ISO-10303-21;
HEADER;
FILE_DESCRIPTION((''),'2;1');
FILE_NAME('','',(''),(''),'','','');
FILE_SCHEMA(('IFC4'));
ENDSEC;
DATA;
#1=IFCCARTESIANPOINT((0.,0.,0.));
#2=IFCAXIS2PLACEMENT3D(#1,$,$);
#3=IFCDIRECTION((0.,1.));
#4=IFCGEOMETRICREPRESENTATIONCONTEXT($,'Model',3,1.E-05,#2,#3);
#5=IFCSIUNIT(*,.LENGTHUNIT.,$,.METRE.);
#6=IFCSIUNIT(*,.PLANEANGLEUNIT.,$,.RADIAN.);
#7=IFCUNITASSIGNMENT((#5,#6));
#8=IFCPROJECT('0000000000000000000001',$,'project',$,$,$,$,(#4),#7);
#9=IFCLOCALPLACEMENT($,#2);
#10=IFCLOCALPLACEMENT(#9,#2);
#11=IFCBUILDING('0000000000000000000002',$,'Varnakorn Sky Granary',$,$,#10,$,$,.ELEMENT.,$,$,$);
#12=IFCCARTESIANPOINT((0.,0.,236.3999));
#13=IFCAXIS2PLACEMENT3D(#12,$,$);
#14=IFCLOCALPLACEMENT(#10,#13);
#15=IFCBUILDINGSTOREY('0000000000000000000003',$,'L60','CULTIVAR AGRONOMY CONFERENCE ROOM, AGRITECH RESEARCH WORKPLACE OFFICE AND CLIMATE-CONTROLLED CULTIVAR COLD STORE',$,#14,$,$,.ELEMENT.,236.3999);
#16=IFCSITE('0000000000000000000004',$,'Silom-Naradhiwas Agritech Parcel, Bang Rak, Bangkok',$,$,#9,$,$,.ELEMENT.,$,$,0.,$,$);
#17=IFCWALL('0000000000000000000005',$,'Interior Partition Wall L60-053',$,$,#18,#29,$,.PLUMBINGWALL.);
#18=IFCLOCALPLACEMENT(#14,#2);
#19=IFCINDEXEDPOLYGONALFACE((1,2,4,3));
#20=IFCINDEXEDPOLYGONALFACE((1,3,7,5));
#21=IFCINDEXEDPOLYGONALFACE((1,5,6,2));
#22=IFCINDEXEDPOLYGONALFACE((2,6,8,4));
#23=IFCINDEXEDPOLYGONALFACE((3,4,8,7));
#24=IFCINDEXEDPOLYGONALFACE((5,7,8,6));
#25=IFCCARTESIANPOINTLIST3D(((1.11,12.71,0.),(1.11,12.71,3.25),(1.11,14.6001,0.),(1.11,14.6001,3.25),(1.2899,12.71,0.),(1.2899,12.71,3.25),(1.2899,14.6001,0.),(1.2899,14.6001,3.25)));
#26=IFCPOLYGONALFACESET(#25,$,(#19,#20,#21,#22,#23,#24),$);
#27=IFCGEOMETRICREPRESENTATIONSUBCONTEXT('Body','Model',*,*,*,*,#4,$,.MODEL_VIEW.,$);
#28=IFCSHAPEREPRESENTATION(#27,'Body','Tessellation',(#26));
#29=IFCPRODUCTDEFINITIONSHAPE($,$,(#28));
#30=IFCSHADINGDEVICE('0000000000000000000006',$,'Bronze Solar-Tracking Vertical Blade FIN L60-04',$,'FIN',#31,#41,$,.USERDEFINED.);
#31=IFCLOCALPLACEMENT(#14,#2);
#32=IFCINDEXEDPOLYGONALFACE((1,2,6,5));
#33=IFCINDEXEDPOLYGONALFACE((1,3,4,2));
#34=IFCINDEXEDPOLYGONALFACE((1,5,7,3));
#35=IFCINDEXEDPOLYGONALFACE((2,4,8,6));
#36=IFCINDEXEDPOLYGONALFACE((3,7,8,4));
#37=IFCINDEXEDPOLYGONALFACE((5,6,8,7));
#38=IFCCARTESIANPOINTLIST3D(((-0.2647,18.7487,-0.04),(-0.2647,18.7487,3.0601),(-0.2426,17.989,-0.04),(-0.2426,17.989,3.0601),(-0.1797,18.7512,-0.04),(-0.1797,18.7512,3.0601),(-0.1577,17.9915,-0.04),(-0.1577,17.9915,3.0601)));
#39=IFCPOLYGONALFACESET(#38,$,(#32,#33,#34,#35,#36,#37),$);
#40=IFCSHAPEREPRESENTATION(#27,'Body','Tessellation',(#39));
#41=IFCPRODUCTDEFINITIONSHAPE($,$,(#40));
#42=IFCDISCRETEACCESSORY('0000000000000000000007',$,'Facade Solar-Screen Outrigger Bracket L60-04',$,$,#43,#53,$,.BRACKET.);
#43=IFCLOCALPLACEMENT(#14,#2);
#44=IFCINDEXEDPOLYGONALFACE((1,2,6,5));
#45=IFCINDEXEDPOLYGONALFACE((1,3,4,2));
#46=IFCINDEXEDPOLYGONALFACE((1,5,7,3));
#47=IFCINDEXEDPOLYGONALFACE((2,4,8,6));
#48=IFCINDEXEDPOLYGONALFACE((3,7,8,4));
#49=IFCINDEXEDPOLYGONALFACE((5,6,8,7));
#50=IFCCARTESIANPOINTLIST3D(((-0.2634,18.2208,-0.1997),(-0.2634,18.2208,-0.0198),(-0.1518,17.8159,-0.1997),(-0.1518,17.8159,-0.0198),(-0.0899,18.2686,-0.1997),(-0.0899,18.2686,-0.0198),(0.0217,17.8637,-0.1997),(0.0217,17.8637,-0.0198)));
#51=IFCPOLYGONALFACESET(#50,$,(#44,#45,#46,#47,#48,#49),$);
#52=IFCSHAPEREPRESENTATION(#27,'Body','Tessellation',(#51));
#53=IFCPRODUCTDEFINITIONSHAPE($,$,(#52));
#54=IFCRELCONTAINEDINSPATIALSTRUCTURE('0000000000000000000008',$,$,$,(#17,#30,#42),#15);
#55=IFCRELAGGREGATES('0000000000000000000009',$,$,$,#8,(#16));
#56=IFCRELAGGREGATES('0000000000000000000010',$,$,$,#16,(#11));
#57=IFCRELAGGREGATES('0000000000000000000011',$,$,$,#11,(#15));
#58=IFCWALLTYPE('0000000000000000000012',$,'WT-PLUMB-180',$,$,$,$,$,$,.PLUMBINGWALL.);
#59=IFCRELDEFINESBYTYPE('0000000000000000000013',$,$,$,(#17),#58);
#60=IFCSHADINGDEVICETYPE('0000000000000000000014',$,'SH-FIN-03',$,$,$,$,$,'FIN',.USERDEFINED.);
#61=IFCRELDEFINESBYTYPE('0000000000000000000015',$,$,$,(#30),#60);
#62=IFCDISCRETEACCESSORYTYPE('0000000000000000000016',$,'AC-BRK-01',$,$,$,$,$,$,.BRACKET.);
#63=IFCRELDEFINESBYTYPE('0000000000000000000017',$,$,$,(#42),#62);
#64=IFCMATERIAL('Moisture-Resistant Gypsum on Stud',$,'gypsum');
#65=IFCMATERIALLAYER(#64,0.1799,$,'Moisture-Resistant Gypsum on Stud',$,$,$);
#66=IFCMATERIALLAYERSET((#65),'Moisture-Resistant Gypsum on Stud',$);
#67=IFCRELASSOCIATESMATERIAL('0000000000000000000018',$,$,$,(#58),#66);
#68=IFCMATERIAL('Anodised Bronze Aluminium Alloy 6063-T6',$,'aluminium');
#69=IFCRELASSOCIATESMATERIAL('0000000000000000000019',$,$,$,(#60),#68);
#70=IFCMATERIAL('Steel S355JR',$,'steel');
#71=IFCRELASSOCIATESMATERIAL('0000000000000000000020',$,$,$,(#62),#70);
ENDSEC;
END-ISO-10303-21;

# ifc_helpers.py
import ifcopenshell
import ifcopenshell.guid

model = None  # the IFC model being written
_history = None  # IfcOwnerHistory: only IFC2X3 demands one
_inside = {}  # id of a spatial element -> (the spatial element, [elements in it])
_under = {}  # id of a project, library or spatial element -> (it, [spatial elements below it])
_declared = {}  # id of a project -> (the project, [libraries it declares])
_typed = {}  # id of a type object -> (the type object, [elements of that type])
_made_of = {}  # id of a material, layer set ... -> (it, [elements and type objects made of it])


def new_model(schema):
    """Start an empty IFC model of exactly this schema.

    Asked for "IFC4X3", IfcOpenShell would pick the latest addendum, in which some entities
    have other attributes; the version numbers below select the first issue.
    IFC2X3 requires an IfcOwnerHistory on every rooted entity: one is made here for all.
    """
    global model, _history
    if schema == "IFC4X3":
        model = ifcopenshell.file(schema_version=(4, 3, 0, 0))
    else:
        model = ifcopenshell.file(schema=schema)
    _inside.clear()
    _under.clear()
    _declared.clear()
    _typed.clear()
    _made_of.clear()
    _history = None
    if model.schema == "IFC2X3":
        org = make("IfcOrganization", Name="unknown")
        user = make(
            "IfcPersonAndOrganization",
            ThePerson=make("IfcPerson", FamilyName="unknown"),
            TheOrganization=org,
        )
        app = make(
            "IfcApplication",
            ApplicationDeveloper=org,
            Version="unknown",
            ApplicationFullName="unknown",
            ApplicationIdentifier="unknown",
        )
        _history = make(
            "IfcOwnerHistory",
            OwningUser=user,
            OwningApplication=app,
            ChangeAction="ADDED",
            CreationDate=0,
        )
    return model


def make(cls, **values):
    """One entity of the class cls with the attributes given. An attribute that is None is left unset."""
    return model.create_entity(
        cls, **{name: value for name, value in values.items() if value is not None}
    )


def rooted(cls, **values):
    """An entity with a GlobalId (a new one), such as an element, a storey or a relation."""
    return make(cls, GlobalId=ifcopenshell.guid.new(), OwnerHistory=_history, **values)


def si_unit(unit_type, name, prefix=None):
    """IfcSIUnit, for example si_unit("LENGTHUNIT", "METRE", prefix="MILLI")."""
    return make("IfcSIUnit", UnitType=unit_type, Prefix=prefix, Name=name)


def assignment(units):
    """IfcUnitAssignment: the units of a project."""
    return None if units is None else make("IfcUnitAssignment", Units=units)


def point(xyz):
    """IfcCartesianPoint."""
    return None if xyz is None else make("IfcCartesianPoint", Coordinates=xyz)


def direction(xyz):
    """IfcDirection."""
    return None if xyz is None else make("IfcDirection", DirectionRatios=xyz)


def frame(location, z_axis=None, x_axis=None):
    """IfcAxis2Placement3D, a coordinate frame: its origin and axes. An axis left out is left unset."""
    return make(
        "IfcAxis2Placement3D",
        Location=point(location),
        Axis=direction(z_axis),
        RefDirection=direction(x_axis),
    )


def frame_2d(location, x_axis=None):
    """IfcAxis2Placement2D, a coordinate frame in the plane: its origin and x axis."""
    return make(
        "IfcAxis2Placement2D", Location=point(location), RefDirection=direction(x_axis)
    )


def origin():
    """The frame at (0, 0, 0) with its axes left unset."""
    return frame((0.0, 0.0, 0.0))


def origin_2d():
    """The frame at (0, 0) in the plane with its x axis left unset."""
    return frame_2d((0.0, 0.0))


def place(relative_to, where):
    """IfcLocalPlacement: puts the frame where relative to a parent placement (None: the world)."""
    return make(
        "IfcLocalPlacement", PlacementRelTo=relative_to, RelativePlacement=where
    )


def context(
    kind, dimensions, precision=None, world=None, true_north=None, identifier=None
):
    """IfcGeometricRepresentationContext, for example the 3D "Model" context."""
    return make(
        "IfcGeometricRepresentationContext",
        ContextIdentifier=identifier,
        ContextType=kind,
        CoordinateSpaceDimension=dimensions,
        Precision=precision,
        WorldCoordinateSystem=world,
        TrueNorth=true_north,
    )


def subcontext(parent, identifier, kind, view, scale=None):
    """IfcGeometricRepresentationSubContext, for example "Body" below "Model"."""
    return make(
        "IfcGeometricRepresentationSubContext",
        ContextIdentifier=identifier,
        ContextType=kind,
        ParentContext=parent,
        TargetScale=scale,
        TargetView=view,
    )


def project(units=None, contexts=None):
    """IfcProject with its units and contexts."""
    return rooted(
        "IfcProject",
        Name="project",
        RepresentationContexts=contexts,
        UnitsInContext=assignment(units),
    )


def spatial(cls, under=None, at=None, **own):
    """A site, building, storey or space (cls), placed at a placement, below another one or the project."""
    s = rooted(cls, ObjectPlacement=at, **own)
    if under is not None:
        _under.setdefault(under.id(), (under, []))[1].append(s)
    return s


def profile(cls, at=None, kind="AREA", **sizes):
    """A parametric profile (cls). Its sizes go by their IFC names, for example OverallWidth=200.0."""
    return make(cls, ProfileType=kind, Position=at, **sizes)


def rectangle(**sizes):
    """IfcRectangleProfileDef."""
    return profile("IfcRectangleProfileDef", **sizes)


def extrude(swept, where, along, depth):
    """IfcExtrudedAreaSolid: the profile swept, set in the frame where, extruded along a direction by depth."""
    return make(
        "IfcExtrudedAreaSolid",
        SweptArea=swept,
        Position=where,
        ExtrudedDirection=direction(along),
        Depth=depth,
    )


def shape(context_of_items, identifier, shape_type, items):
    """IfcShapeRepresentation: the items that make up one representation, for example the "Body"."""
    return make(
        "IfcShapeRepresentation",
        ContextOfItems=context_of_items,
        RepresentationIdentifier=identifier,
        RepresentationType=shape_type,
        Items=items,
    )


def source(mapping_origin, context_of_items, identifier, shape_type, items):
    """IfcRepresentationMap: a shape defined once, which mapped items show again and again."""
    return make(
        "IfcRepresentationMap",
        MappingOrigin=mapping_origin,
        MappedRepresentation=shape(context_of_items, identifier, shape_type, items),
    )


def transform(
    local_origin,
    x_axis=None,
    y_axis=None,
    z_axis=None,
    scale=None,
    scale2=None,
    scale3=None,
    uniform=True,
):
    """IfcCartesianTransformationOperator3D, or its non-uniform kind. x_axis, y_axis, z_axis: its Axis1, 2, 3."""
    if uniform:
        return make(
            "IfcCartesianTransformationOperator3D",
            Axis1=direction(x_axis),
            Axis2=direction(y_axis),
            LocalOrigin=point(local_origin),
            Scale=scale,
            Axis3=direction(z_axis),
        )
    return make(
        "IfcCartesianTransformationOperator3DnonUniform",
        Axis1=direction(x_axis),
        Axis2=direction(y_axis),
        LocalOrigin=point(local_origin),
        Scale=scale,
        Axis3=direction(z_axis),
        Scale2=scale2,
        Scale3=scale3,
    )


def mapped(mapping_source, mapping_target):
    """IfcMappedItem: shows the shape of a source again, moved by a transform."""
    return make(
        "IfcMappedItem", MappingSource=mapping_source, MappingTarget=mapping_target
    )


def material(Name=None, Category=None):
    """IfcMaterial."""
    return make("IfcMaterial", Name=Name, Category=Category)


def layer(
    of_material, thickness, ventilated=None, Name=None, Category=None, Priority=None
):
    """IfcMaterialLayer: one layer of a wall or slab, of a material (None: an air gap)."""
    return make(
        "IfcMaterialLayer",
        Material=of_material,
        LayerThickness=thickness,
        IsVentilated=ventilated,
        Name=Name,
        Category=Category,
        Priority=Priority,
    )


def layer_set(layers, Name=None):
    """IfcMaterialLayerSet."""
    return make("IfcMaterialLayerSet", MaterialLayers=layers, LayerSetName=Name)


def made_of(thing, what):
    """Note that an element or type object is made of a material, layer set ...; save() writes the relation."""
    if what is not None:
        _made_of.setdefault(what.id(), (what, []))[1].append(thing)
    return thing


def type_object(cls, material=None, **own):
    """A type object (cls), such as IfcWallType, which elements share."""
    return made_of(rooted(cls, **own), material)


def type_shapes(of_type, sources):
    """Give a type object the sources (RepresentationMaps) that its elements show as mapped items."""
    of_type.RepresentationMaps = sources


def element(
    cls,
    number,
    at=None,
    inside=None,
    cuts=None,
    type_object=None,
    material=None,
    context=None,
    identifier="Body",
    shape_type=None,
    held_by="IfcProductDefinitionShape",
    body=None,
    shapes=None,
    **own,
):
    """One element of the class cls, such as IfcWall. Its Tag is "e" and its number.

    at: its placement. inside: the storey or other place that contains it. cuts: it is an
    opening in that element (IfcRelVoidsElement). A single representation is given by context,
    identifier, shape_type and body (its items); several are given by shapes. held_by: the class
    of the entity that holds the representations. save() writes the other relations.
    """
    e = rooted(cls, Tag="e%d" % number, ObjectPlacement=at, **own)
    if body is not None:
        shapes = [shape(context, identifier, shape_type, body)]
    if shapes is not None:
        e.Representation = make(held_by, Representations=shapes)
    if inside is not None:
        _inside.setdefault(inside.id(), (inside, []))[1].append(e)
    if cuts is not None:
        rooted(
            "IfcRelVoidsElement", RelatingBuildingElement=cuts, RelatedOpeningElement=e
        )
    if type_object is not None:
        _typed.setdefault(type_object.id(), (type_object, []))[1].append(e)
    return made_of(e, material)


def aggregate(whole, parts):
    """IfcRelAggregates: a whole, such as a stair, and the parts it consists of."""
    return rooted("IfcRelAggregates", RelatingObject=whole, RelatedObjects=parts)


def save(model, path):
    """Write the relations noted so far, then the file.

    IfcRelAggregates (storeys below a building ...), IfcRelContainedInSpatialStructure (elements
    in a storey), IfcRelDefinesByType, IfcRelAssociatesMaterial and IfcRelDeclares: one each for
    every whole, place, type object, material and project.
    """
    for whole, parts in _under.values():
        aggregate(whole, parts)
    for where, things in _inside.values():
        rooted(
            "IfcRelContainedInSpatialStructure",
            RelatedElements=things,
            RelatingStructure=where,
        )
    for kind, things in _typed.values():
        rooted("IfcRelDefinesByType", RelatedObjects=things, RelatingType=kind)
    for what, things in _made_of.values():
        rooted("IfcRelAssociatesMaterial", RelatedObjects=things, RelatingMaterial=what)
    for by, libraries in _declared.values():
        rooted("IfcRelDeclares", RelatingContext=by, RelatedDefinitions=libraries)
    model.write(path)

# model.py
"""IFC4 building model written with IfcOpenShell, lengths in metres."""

from ifc_helpers import new_model, si_unit, direction, frame, frame_2d, origin, origin_2d, place, context, subcontext, project, spatial, rectangle, extrude, source, transform, mapped, material, layer, layer_set, type_object, type_shapes, element, save


model = new_model("IFC4")

# Units and contexts
model_context = context("Model", 3, precision=1e-05, world=origin(), true_north=direction((0.0, 1.0)))
body_context = subcontext(model_context, "Body", "Model", "MODEL_VIEW")
ifc_project = project(units=[si_unit("LENGTHUNIT", "METRE"), si_unit("PLANEANGLEUNIT", "RADIAN")], contexts=[model_context])

# Site, building, storey
site_placement = place(None, origin())
site = spatial("IfcSite", under=ifc_project, at=site_placement, Name="Silom-Naradhiwas Agritech Parcel, Bang Rak, Bangkok", CompositionType="ELEMENT", RefElevation=0.0)
building_placement = place(site_placement, origin())
building = spatial("IfcBuilding", under=site, at=building_placement, Name="Varnakorn Sky Granary", CompositionType="ELEMENT")
storey_placement = place(building_placement, frame((0.0, 0.0, 236.3999)))
storey = spatial("IfcBuildingStorey", under=building, at=storey_placement, Name="L60", Description="CULTIVAR AGRONOMY CONFERENCE ROOM, AGRITECH RESEARCH WORKPLACE OFFICE AND CLIMATE-CONTROLLED CULTIVAR COLD STORE", CompositionType="ELEMENT", Elevation=236.3999)

# Shared definitions
ifc_material_1 = material(Name="Steel S355JR", Category="steel")

# Shared definitions
ifc_material_2 = material(Name="Anodised Bronze Aluminium Alloy 6063-T6", Category="aluminium")

# Wall
ifc_material_3 = material(Name="Moisture-Resistant Gypsum on Stud", Category="gypsum")
ifc_layer_1 = layer(ifc_material_3, 0.1799, Name="Moisture-Resistant Gypsum on Stud")
ifc_layer_set_1 = layer_set([ifc_layer_1], Name="Moisture-Resistant Gypsum on Stud")
wall_type_1 = type_object("IfcWallType", Name="WT-PLUMB-180", PredefinedType="PLUMBINGWALL", material=ifc_layer_set_1)
wall_1_placement = place(storey_placement, frame((1.2, 14.6001, 0.0), z_axis=(0.0, 0.0, 1.0), x_axis=(0.0, -1.0, 0.0)))
element("IfcWall", 1, at=wall_1_placement, inside=storey, type_object=wall_type_1, Name="Interior Partition Wall L60-053", PredefinedType="PLUMBINGWALL", context=body_context, shape_type="SweptSolid", body=[
    extrude(rectangle(XDim=1.8901, YDim=0.1799, at=frame_2d((0.9451, 0.0))), origin(), (0.0, 0.0, 1.0), 3.25),
])

# Shading device
shading_device_type = type_object("IfcShadingDeviceType", Name="SH-FIN-03", ElementType="FIN", PredefinedType="USERDEFINED", material=ifc_material_2)
shared_shape_1 = source(origin(), body_context, "Body", "SweptSolid", [
    extrude(rectangle(XDim=0.085, YDim=0.76, at=origin_2d()), origin(), (0.0, 0.0, 1.0), 3.1001),
])
type_shapes(shading_device_type, [shared_shape_1])
shading_device_placement = place(storey_placement, frame((-0.2112, 18.3701, -0.04), z_axis=(0.0, 0.0, 1.0), x_axis=(-0.99958, -0.028989, 0.0)))
element("IfcShadingDevice", 2, at=shading_device_placement, inside=storey, type_object=shading_device_type, Name="Bronze Solar-Tracking Vertical Blade FIN L60-04", ObjectType="FIN", PredefinedType="USERDEFINED", context=body_context, shape_type="MappedRepresentation", body=[
    mapped(shared_shape_1, transform((0.0, 0.0, 0.0), x_axis=(1.0, 0.0, 0.0), y_axis=(0.0, 1.0, 0.0), z_axis=(0.0, 0.0, 1.0), scale=1.0)),
])

# Discrete accessory
discrete_accessory_type = type_object("IfcDiscreteAccessoryType", Name="AC-BRK-01", PredefinedType="BRACKET", material=ifc_material_1)
shared_shape_2 = source(origin(), body_context, "Body", "SweptSolid", [
    extrude(rectangle(XDim=0.1799, YDim=0.4199, at=origin_2d()), origin(), (0.0, 0.0, 1.0), 0.1799),
])
type_shapes(discrete_accessory_type, [shared_shape_2])
discrete_accessory_placement = place(storey_placement, frame((-0.1208, 18.0422, -0.1997), z_axis=(0.0, 0.0, 1.0), x_axis=(-0.964079, -0.265616, 0.0)))
element("IfcDiscreteAccessory", 3, at=discrete_accessory_placement, inside=storey, type_object=discrete_accessory_type, Name="Facade Solar-Screen Outrigger Bracket L60-04", PredefinedType="BRACKET", context=body_context, shape_type="MappedRepresentation", body=[
    mapped(shared_shape_2, transform((0.0, 0.0, 0.0), x_axis=(1.0, 0.0, 0.0), y_axis=(0.0, 1.0, 0.0), z_axis=(0.0, 0.0, 1.0), scale=1.0)),
])

save(model, "model.ifc")
